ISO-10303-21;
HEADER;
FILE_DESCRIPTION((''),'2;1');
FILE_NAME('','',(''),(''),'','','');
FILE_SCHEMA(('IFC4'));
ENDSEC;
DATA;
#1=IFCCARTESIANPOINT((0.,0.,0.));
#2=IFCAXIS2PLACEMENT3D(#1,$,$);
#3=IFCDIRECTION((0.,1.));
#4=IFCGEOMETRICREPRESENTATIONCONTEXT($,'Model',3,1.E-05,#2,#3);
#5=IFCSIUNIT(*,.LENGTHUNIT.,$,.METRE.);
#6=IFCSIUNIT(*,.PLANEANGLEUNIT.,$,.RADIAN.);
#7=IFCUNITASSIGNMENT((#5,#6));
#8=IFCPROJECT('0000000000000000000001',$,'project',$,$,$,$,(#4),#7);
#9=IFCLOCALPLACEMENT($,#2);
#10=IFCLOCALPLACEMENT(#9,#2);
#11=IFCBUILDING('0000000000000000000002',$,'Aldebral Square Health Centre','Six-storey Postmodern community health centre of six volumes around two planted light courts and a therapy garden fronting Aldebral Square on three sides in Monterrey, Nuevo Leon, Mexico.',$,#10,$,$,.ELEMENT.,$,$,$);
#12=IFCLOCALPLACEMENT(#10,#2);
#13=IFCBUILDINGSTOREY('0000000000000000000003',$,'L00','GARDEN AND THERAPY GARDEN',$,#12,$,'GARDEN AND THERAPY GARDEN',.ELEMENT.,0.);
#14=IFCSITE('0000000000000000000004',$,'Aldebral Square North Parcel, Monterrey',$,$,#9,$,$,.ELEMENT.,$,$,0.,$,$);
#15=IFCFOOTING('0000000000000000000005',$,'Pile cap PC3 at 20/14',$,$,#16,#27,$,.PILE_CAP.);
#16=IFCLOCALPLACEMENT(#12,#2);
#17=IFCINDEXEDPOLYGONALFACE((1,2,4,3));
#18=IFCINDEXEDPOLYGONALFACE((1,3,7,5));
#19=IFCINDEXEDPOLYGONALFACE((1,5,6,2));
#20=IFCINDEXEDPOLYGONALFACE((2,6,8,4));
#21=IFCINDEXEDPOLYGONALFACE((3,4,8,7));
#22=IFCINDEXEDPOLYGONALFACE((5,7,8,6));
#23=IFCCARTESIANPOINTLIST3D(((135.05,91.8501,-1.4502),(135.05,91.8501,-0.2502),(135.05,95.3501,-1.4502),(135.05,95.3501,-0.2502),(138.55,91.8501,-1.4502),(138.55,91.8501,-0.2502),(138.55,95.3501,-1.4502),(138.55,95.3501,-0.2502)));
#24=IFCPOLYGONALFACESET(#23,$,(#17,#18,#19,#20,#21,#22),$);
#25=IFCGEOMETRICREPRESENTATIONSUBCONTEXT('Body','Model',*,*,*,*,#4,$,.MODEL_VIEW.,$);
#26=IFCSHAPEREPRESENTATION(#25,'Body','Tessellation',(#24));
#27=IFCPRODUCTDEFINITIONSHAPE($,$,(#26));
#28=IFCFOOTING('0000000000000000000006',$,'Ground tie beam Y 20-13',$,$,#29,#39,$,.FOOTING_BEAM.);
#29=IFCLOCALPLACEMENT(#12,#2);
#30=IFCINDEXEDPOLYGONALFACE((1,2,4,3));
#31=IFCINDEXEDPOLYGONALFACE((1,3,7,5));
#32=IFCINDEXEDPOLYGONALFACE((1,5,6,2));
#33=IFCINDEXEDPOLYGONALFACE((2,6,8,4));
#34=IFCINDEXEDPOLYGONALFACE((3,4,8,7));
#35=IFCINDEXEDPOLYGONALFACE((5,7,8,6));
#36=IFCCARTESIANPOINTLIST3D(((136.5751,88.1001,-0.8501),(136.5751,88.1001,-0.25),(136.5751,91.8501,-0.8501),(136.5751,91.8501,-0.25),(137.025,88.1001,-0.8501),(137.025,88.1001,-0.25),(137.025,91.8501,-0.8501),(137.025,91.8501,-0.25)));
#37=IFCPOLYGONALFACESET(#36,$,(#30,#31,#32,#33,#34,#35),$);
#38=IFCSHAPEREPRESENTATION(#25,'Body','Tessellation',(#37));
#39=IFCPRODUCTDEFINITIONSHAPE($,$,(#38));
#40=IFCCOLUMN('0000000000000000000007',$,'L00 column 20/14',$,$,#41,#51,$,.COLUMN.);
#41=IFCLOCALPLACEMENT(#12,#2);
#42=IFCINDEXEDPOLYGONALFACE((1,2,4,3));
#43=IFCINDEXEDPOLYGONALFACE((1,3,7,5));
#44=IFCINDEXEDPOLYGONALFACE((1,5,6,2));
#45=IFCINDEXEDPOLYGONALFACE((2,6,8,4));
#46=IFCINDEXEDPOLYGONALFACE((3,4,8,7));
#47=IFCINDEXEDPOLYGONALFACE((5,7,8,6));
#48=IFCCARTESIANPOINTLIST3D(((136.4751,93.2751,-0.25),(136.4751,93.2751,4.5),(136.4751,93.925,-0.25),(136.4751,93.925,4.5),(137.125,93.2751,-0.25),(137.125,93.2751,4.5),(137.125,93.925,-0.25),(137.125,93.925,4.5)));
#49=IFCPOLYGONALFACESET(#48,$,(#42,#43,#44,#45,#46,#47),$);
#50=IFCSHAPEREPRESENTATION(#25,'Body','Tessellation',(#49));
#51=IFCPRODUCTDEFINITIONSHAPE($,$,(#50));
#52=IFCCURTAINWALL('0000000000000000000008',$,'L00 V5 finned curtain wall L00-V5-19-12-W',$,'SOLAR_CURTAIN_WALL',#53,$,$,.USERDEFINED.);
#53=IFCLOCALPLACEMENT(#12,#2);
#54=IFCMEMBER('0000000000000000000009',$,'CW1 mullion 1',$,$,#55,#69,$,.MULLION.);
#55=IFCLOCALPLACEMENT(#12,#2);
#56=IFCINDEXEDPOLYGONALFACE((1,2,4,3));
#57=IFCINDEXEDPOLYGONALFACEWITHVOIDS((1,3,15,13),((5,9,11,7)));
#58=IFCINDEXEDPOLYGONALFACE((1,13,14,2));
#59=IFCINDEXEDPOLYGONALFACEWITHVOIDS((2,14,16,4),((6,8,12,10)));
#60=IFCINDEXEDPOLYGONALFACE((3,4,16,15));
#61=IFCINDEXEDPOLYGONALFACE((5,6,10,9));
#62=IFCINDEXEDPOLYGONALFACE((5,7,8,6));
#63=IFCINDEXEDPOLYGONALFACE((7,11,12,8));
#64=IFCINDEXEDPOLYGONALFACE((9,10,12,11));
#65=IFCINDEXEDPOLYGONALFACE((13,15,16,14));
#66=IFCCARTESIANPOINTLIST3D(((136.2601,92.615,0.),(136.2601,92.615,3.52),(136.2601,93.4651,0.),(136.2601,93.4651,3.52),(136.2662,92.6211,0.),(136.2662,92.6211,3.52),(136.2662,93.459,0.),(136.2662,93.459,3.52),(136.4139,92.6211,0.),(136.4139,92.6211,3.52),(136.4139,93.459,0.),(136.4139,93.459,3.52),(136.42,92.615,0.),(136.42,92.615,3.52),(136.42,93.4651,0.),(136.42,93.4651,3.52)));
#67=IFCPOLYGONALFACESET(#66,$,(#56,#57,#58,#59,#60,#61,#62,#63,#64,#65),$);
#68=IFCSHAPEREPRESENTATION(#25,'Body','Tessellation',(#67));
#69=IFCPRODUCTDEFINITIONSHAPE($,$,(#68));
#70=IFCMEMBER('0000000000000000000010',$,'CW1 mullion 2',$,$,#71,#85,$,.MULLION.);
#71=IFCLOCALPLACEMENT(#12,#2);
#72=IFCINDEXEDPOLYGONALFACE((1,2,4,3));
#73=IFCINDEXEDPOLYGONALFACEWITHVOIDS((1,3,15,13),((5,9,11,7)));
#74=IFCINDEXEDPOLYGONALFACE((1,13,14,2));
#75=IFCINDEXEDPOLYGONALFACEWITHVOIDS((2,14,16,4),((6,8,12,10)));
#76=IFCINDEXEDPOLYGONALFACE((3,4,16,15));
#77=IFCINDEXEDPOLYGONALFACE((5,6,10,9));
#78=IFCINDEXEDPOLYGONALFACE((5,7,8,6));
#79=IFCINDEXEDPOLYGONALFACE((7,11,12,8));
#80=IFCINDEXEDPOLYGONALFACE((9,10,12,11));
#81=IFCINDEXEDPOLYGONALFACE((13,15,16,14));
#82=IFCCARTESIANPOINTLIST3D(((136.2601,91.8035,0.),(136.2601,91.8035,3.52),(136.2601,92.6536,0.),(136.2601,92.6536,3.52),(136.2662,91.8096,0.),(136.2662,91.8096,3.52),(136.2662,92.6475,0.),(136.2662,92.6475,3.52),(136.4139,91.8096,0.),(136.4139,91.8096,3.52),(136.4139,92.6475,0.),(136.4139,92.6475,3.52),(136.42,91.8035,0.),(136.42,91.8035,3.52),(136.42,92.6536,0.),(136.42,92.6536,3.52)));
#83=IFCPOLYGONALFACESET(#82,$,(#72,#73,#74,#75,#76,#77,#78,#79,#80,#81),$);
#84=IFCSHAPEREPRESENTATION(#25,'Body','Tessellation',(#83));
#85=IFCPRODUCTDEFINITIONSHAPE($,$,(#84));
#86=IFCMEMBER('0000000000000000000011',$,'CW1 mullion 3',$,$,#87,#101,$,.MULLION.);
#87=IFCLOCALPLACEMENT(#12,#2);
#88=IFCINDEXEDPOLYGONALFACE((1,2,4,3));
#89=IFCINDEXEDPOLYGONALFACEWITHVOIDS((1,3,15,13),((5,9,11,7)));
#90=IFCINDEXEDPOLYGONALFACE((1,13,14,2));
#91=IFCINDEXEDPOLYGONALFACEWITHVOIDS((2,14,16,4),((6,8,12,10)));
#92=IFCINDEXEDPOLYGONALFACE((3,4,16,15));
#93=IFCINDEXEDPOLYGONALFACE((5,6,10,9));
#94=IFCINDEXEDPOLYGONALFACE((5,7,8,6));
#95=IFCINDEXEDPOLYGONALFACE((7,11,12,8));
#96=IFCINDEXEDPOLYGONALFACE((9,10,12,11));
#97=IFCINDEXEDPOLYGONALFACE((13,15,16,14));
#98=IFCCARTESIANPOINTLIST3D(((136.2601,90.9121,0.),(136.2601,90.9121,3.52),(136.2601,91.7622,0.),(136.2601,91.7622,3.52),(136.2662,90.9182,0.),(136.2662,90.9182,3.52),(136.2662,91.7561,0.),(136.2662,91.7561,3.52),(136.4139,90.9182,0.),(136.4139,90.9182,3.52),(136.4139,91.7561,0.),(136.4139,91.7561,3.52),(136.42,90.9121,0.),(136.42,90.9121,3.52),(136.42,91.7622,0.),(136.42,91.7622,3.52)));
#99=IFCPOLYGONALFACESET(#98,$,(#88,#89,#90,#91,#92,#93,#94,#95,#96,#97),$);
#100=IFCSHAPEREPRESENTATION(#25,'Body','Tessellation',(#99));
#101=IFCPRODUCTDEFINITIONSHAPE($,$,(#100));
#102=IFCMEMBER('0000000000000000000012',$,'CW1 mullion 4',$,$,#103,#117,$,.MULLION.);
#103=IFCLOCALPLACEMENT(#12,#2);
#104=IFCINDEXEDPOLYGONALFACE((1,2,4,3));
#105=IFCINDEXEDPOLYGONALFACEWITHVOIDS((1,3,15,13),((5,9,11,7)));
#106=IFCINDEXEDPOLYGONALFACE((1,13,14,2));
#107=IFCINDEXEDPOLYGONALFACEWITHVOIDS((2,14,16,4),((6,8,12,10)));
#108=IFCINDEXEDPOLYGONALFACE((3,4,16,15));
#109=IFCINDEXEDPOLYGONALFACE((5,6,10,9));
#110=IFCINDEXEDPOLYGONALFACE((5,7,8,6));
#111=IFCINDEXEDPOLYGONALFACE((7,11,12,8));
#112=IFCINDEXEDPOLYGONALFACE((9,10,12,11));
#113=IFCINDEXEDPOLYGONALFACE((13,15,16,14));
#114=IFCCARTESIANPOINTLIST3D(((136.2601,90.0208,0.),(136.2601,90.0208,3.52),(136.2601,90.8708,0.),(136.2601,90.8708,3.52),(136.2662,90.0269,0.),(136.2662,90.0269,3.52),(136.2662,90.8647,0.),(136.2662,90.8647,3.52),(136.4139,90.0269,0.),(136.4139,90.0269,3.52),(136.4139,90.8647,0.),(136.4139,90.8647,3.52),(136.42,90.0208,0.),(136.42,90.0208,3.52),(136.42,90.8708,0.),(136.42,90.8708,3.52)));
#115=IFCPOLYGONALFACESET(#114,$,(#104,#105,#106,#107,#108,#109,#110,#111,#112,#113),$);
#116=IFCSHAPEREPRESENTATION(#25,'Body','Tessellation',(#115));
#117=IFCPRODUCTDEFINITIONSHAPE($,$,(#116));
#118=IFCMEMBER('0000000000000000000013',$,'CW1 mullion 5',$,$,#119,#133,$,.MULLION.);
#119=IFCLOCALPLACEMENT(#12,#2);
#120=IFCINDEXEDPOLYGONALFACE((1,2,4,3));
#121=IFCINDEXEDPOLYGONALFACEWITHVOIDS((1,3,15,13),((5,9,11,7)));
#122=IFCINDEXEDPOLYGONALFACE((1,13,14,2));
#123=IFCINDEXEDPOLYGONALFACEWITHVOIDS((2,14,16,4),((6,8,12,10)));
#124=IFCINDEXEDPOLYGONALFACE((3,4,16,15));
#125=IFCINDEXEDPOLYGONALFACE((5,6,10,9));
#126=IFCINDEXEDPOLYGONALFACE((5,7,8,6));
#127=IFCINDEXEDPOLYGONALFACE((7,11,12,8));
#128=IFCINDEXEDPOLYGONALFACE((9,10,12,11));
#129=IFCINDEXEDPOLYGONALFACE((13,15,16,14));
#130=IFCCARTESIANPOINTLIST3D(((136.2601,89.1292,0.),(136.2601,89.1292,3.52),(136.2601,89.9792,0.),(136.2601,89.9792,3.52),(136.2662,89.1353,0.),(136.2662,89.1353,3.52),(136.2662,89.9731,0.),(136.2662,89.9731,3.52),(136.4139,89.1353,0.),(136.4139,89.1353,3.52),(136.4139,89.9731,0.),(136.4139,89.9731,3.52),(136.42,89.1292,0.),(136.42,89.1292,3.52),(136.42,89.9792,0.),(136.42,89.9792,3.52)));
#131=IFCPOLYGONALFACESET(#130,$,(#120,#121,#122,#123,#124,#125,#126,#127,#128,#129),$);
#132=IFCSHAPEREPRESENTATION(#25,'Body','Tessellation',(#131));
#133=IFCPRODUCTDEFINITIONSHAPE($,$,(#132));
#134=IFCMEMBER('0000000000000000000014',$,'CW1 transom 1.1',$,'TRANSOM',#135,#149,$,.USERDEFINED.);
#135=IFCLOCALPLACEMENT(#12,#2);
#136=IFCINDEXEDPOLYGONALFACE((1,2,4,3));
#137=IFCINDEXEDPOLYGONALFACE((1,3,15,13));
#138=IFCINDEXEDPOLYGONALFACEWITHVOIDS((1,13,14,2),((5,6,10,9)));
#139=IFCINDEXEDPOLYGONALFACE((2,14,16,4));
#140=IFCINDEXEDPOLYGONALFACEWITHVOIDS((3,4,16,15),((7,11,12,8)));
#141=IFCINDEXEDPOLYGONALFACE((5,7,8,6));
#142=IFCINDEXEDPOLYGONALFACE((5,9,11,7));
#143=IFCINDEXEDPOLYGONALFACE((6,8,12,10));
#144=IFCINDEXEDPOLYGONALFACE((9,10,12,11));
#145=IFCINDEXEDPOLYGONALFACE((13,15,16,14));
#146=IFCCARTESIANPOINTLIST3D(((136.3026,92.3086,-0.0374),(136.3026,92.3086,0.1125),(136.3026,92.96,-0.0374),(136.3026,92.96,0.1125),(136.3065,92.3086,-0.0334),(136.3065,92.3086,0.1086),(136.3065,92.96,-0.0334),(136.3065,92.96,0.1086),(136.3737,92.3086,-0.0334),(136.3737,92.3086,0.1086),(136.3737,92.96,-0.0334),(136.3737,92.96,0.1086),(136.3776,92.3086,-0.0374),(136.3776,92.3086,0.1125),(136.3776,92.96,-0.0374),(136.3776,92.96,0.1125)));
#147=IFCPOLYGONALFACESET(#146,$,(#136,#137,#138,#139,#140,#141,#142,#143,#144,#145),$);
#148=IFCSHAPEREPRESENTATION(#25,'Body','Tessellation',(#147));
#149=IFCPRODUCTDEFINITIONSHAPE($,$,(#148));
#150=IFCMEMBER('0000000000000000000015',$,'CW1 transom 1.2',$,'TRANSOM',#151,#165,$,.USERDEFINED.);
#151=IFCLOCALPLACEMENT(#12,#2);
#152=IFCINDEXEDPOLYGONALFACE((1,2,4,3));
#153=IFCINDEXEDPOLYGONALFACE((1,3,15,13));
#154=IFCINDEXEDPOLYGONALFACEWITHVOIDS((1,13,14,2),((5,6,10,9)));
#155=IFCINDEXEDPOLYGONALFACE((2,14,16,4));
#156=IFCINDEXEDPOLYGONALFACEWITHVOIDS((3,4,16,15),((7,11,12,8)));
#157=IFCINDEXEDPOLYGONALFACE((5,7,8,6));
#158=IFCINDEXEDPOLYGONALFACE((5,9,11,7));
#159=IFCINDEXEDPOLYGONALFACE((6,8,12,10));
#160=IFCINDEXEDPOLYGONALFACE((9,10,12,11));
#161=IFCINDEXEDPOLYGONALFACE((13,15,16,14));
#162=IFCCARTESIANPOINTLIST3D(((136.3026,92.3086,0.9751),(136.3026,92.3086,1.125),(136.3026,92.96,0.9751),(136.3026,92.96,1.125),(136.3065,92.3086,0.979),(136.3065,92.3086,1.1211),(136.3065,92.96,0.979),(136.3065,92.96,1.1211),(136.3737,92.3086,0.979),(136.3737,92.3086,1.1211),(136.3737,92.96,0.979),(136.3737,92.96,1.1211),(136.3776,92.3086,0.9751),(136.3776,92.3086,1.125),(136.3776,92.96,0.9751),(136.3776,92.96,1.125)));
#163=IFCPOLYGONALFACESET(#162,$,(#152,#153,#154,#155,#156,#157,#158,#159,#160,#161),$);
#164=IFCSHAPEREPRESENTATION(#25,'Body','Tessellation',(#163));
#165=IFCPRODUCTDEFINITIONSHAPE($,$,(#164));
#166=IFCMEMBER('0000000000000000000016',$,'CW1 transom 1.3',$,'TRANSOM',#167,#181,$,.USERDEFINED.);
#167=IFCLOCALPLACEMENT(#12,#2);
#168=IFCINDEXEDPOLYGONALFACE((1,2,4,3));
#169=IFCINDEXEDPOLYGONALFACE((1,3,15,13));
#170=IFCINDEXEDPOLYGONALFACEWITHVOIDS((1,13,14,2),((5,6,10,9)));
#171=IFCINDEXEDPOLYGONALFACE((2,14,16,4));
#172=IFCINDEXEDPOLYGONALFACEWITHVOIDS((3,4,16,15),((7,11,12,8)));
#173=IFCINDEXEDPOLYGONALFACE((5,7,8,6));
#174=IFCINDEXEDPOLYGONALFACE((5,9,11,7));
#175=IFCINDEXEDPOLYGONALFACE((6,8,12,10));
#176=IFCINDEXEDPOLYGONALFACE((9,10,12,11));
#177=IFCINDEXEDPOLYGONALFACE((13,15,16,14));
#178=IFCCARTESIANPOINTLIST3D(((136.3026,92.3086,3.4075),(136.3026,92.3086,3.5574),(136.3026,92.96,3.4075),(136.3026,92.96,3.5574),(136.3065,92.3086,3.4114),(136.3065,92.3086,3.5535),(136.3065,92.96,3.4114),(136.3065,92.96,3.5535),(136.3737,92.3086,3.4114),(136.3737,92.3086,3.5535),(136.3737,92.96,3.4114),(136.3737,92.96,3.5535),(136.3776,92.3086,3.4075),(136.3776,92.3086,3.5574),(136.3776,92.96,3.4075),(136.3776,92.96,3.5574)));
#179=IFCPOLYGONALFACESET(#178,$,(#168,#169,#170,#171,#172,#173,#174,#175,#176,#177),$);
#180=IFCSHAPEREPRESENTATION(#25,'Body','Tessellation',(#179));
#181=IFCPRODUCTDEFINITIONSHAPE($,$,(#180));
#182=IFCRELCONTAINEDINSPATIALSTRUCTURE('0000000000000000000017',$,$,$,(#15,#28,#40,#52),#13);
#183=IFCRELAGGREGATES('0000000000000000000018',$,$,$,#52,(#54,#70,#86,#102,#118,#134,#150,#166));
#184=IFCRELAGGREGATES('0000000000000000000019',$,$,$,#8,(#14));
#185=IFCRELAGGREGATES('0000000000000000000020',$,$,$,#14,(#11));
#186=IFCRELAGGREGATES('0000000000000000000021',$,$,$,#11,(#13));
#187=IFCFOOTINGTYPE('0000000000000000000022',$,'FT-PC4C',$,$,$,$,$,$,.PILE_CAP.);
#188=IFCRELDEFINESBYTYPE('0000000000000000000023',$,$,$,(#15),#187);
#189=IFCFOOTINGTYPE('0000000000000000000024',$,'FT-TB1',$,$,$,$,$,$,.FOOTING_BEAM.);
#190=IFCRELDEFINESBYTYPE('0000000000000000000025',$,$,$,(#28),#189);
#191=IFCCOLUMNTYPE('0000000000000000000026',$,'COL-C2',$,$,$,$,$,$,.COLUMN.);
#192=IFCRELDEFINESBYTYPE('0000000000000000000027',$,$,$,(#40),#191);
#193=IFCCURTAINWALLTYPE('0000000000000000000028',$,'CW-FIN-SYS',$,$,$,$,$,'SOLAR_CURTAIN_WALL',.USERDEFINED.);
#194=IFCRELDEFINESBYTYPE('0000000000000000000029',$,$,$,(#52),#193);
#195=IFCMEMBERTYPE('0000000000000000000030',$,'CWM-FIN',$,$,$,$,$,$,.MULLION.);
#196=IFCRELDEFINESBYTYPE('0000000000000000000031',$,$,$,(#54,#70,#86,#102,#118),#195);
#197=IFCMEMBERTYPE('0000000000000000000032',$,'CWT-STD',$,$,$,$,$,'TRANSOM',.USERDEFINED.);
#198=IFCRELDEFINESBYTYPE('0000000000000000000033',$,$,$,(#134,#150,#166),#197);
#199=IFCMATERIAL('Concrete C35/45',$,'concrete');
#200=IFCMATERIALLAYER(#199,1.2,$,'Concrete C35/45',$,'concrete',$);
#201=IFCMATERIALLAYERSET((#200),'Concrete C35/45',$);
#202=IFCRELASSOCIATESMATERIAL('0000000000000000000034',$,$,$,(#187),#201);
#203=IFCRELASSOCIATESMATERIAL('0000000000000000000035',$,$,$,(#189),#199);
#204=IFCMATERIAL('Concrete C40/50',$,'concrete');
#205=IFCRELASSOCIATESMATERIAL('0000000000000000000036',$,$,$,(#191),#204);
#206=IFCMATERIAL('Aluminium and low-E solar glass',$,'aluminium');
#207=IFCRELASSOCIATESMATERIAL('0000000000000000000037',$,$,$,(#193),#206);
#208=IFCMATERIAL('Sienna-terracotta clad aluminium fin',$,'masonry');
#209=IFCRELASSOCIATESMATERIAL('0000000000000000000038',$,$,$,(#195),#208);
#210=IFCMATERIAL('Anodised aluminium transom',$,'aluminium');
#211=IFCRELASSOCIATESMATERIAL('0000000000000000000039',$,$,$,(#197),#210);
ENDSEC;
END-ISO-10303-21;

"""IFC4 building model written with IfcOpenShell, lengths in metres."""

from ifc_helpers import new_model, si_unit, direction, frame, origin, origin_2d, place, context, subcontext, project, spatial, rectangle, hollow_rectangle, extrude, material, layer, layer_set, material_profile, profile_set, type_object, element, aggregate, save


model = new_model("IFC4")

# Units and contexts
model_context = context("Model", 3, precision=1e-05, world=origin(), true_north=direction((0.0, 1.0)))
body_context = subcontext(model_context, "Body", "Model", "MODEL_VIEW")
ifc_project = project(units=[si_unit("LENGTHUNIT", "METRE"), si_unit("PLANEANGLEUNIT", "RADIAN")], contexts=[model_context])

# Site, building, storey
site_placement = place(None, origin())
site = spatial("IfcSite", under=ifc_project, at=site_placement, Name="Aldebral Square North Parcel, Monterrey", CompositionType="ELEMENT", RefElevation=0.0)
building_placement = place(site_placement, origin())
building = spatial("IfcBuilding", under=site, at=building_placement, Name="Aldebral Square Health Centre", Description="Six-storey Postmodern community health centre of six volumes around two planted light courts and a therapy garden fronting Aldebral Square on three sides in Monterrey, Nuevo Leon, Mexico.", CompositionType="ELEMENT")
storey_placement = place(building_placement, origin())
storey = spatial("IfcBuildingStorey", under=building, at=storey_placement, Name="L00", Description="GARDEN AND THERAPY GARDEN", LongName="GARDEN AND THERAPY GARDEN", CompositionType="ELEMENT", Elevation=0.0)

# Footings
ifc_material_1 = material(Name="Concrete C35/45", Category="concrete")
ifc_layer_1 = layer(ifc_material_1, 1.2, Name="Concrete C35/45", Category="concrete")
ifc_layer_set_1 = layer_set([ifc_layer_1], Name="Concrete C35/45")
footing_type_1 = type_object("IfcFootingType", Name="FT-PC4C", PredefinedType="PILE_CAP", material=ifc_layer_set_1)
footing_1_placement = place(storey_placement, frame((136.8, 93.6001, -1.4502), z_axis=(0.0, 0.0, 1.0), x_axis=(1.0, 0.0, 0.0)))
element("IfcFooting", 1, at=footing_1_placement, inside=storey, type_object=footing_type_1, Name="Pile cap PC3 at 20/14", PredefinedType="PILE_CAP", context=body_context, shape_type="SweptSolid", body=[
    extrude(rectangle(XDim=3.5, YDim=3.5, at=origin_2d()), origin(), (0.0, 0.0, 1.0), 1.2),
])
ifc_material_profile_1 = material_profile(ifc_material_1, rectangle(XDim=0.45, YDim=0.6001, at=origin_2d()), Name="RC 450x600")
ifc_profile_set_1 = profile_set([ifc_material_profile_1], Name="Concrete C35/45")
footing_type_2 = type_object("IfcFootingType", Name="FT-TB1", PredefinedType="FOOTING_BEAM", material=ifc_profile_set_1)
footing_2_placement = place(storey_placement, frame((136.8, 88.1001, -0.55), z_axis=(0.0, 1.0, 0.0), x_axis=(-1.0, 0.0, 0.0)))
element("IfcFooting", 2, at=footing_2_placement, inside=storey, type_object=footing_type_2, Name="Ground tie beam Y 20-13", PredefinedType="FOOTING_BEAM", context=body_context, shape_type="SweptSolid", body=[
    extrude(rectangle(XDim=0.45, YDim=0.6001, at=origin_2d()), origin(), (0.0, 0.0, 1.0), 3.75),
])

# Column
ifc_material_2 = material(Name="Concrete C40/50", Category="concrete")
ifc_material_profile_2 = material_profile(ifc_material_2, rectangle(XDim=0.6499, YDim=0.6499, at=origin_2d()), Name="RC 650x650")
ifc_profile_set_2 = profile_set([ifc_material_profile_2], Name="Concrete C40/50")
column_type = type_object("IfcColumnType", Name="COL-C2", PredefinedType="COLUMN", material=ifc_profile_set_2)
column_placement = place(storey_placement, frame((136.8, 93.6001, -0.25), z_axis=(0.0, 0.0, 1.0), x_axis=(1.0, 0.0, 0.0)))
element("IfcColumn", 3, at=column_placement, inside=storey, type_object=column_type, Name="L00 column 20/14", PredefinedType="COLUMN", context=body_context, shape_type="SweptSolid", body=[
    extrude(rectangle(XDim=0.6499, YDim=0.6499, at=origin_2d()), origin(), (0.0, 0.0, 1.0), 4.75),
])

# Curtain wall, members
ifc_material_3 = material(Name="Aluminium and low-E solar glass", Category="aluminium")
curtain_wall_type = type_object("IfcCurtainWallType", Name="CW-FIN-SYS", ElementType="SOLAR_CURTAIN_WALL", PredefinedType="USERDEFINED", material=ifc_material_3)
curtain_wall_placement = place(storey_placement, origin())
curtain_wall = element("IfcCurtainWall", 4, at=curtain_wall_placement, inside=storey, type_object=curtain_wall_type, Name="L00 V5 finned curtain wall L00-V5-19-12-W", ObjectType="SOLAR_CURTAIN_WALL", PredefinedType="USERDEFINED")
ifc_material_4 = material(Name="Sienna-terracotta clad aluminium fin", Category="masonry")
ifc_material_profile_3 = material_profile(ifc_material_4, hollow_rectangle(XDim=0.1599, YDim=0.8501, WallThickness=0.0061, at=origin_2d()), Name="FIN 160x850x6")
ifc_profile_set_3 = profile_set([ifc_material_profile_3], Name="Sienna-terracotta clad aluminium fin")
member_type_1 = type_object("IfcMemberType", Name="CWM-FIN", PredefinedType="MULLION", material=ifc_profile_set_3)
member_1_placement = place(storey_placement, frame((136.3401, 93.04, 0.0), z_axis=(0.0, 0.0, 1.0), x_axis=(1.0, 0.0, 0.0)))
member_1 = element("IfcMember", 5, at=member_1_placement, type_object=member_type_1, Name="CW1 mullion 1", PredefinedType="MULLION", context=body_context, shape_type="SweptSolid", body=[
    extrude(hollow_rectangle(XDim=0.1599, YDim=0.8501, WallThickness=0.0061, at=origin_2d()), origin(), (0.0, 0.0, 1.0), 3.52),
])
member_2_placement = place(storey_placement, frame((136.3401, 92.2285, 0.0), z_axis=(0.0, 0.0, 1.0), x_axis=(1.0, 0.0, 0.0)))
member_2 = element("IfcMember", 6, at=member_2_placement, type_object=member_type_1, Name="CW1 mullion 2", PredefinedType="MULLION", context=body_context, shape_type="SweptSolid", body=[
    extrude(hollow_rectangle(XDim=0.1599, YDim=0.8501, WallThickness=0.0061, at=origin_2d()), origin(), (0.0, 0.0, 1.0), 3.52),
])
member_3_placement = place(storey_placement, frame((136.3401, 91.3372, 0.0), z_axis=(0.0, 0.0, 1.0), x_axis=(1.0, 0.0, 0.0)))
member_3 = element("IfcMember", 7, at=member_3_placement, type_object=member_type_1, Name="CW1 mullion 3", PredefinedType="MULLION", context=body_context, shape_type="SweptSolid", body=[
    extrude(hollow_rectangle(XDim=0.1599, YDim=0.8501, WallThickness=0.0061, at=origin_2d()), origin(), (0.0, 0.0, 1.0), 3.52),
])
member_4_placement = place(storey_placement, frame((136.3401, 90.4458, 0.0), z_axis=(0.0, 0.0, 1.0), x_axis=(1.0, 0.0, 0.0)))
member_4 = element("IfcMember", 8, at=member_4_placement, type_object=member_type_1, Name="CW1 mullion 4", PredefinedType="MULLION", context=body_context, shape_type="SweptSolid", body=[
    extrude(hollow_rectangle(XDim=0.1599, YDim=0.8501, WallThickness=0.0061, at=origin_2d()), origin(), (0.0, 0.0, 1.0), 3.52),
])
member_5_placement = place(storey_placement, frame((136.3401, 89.5542, 0.0), z_axis=(0.0, 0.0, 1.0), x_axis=(1.0, 0.0, 0.0)))
member_5 = element("IfcMember", 9, at=member_5_placement, type_object=member_type_1, Name="CW1 mullion 5", PredefinedType="MULLION", context=body_context, shape_type="SweptSolid", body=[
    extrude(hollow_rectangle(XDim=0.1599, YDim=0.8501, WallThickness=0.0061, at=origin_2d()), origin(), (0.0, 0.0, 1.0), 3.52),
])
ifc_material_5 = material(Name="Anodised aluminium transom", Category="aluminium")
ifc_material_profile_4 = material_profile(ifc_material_5, hollow_rectangle(XDim=0.075, YDim=0.1499, WallThickness=0.0039, at=origin_2d()), Name="CWT 75x150x4")
ifc_profile_set_4 = profile_set([ifc_material_profile_4], Name="Anodised aluminium transom")
member_type_2 = type_object("IfcMemberType", Name="CWT-STD", ElementType="TRANSOM", PredefinedType="USERDEFINED", material=ifc_profile_set_4)
member_6_placement = place(storey_placement, frame((136.3401, 92.96, 0.0376), z_axis=(0.0, -1.0, 0.0), x_axis=(1.0, 0.0, 0.0)))
member_6 = element("IfcMember", 10, at=member_6_placement, type_object=member_type_2, Name="CW1 transom 1.1", ObjectType="TRANSOM", PredefinedType="USERDEFINED", context=body_context, shape_type="SweptSolid", body=[
    extrude(hollow_rectangle(XDim=0.075, YDim=0.1499, WallThickness=0.0039, at=origin_2d()), origin(), (0.0, 0.0, 1.0), 0.6514),
])
member_7_placement = place(storey_placement, frame((136.3401, 92.96, 1.05), z_axis=(0.0, -1.0, 0.0), x_axis=(1.0, 0.0, 0.0)))
member_7 = element("IfcMember", 11, at=member_7_placement, type_object=member_type_2, Name="CW1 transom 1.2", ObjectType="TRANSOM", PredefinedType="USERDEFINED", context=body_context, shape_type="SweptSolid", body=[
    extrude(hollow_rectangle(XDim=0.075, YDim=0.1499, WallThickness=0.0039, at=origin_2d()), origin(), (0.0, 0.0, 1.0), 0.6514),
])
member_8_placement = place(storey_placement, frame((136.3401, 92.96, 3.4824), z_axis=(0.0, -1.0, 0.0), x_axis=(1.0, 0.0, 0.0)))
member_8 = element("IfcMember", 12, at=member_8_placement, type_object=member_type_2, Name="CW1 transom 1.3", ObjectType="TRANSOM", PredefinedType="USERDEFINED", context=body_context, shape_type="SweptSolid", body=[
    extrude(hollow_rectangle(XDim=0.075, YDim=0.1499, WallThickness=0.0039, at=origin_2d()), origin(), (0.0, 0.0, 1.0), 0.6514),
])
aggregate(curtain_wall, [member_1, member_2, member_3, member_4, member_5, member_6, member_7, member_8])

save(model, "model.ifc")
